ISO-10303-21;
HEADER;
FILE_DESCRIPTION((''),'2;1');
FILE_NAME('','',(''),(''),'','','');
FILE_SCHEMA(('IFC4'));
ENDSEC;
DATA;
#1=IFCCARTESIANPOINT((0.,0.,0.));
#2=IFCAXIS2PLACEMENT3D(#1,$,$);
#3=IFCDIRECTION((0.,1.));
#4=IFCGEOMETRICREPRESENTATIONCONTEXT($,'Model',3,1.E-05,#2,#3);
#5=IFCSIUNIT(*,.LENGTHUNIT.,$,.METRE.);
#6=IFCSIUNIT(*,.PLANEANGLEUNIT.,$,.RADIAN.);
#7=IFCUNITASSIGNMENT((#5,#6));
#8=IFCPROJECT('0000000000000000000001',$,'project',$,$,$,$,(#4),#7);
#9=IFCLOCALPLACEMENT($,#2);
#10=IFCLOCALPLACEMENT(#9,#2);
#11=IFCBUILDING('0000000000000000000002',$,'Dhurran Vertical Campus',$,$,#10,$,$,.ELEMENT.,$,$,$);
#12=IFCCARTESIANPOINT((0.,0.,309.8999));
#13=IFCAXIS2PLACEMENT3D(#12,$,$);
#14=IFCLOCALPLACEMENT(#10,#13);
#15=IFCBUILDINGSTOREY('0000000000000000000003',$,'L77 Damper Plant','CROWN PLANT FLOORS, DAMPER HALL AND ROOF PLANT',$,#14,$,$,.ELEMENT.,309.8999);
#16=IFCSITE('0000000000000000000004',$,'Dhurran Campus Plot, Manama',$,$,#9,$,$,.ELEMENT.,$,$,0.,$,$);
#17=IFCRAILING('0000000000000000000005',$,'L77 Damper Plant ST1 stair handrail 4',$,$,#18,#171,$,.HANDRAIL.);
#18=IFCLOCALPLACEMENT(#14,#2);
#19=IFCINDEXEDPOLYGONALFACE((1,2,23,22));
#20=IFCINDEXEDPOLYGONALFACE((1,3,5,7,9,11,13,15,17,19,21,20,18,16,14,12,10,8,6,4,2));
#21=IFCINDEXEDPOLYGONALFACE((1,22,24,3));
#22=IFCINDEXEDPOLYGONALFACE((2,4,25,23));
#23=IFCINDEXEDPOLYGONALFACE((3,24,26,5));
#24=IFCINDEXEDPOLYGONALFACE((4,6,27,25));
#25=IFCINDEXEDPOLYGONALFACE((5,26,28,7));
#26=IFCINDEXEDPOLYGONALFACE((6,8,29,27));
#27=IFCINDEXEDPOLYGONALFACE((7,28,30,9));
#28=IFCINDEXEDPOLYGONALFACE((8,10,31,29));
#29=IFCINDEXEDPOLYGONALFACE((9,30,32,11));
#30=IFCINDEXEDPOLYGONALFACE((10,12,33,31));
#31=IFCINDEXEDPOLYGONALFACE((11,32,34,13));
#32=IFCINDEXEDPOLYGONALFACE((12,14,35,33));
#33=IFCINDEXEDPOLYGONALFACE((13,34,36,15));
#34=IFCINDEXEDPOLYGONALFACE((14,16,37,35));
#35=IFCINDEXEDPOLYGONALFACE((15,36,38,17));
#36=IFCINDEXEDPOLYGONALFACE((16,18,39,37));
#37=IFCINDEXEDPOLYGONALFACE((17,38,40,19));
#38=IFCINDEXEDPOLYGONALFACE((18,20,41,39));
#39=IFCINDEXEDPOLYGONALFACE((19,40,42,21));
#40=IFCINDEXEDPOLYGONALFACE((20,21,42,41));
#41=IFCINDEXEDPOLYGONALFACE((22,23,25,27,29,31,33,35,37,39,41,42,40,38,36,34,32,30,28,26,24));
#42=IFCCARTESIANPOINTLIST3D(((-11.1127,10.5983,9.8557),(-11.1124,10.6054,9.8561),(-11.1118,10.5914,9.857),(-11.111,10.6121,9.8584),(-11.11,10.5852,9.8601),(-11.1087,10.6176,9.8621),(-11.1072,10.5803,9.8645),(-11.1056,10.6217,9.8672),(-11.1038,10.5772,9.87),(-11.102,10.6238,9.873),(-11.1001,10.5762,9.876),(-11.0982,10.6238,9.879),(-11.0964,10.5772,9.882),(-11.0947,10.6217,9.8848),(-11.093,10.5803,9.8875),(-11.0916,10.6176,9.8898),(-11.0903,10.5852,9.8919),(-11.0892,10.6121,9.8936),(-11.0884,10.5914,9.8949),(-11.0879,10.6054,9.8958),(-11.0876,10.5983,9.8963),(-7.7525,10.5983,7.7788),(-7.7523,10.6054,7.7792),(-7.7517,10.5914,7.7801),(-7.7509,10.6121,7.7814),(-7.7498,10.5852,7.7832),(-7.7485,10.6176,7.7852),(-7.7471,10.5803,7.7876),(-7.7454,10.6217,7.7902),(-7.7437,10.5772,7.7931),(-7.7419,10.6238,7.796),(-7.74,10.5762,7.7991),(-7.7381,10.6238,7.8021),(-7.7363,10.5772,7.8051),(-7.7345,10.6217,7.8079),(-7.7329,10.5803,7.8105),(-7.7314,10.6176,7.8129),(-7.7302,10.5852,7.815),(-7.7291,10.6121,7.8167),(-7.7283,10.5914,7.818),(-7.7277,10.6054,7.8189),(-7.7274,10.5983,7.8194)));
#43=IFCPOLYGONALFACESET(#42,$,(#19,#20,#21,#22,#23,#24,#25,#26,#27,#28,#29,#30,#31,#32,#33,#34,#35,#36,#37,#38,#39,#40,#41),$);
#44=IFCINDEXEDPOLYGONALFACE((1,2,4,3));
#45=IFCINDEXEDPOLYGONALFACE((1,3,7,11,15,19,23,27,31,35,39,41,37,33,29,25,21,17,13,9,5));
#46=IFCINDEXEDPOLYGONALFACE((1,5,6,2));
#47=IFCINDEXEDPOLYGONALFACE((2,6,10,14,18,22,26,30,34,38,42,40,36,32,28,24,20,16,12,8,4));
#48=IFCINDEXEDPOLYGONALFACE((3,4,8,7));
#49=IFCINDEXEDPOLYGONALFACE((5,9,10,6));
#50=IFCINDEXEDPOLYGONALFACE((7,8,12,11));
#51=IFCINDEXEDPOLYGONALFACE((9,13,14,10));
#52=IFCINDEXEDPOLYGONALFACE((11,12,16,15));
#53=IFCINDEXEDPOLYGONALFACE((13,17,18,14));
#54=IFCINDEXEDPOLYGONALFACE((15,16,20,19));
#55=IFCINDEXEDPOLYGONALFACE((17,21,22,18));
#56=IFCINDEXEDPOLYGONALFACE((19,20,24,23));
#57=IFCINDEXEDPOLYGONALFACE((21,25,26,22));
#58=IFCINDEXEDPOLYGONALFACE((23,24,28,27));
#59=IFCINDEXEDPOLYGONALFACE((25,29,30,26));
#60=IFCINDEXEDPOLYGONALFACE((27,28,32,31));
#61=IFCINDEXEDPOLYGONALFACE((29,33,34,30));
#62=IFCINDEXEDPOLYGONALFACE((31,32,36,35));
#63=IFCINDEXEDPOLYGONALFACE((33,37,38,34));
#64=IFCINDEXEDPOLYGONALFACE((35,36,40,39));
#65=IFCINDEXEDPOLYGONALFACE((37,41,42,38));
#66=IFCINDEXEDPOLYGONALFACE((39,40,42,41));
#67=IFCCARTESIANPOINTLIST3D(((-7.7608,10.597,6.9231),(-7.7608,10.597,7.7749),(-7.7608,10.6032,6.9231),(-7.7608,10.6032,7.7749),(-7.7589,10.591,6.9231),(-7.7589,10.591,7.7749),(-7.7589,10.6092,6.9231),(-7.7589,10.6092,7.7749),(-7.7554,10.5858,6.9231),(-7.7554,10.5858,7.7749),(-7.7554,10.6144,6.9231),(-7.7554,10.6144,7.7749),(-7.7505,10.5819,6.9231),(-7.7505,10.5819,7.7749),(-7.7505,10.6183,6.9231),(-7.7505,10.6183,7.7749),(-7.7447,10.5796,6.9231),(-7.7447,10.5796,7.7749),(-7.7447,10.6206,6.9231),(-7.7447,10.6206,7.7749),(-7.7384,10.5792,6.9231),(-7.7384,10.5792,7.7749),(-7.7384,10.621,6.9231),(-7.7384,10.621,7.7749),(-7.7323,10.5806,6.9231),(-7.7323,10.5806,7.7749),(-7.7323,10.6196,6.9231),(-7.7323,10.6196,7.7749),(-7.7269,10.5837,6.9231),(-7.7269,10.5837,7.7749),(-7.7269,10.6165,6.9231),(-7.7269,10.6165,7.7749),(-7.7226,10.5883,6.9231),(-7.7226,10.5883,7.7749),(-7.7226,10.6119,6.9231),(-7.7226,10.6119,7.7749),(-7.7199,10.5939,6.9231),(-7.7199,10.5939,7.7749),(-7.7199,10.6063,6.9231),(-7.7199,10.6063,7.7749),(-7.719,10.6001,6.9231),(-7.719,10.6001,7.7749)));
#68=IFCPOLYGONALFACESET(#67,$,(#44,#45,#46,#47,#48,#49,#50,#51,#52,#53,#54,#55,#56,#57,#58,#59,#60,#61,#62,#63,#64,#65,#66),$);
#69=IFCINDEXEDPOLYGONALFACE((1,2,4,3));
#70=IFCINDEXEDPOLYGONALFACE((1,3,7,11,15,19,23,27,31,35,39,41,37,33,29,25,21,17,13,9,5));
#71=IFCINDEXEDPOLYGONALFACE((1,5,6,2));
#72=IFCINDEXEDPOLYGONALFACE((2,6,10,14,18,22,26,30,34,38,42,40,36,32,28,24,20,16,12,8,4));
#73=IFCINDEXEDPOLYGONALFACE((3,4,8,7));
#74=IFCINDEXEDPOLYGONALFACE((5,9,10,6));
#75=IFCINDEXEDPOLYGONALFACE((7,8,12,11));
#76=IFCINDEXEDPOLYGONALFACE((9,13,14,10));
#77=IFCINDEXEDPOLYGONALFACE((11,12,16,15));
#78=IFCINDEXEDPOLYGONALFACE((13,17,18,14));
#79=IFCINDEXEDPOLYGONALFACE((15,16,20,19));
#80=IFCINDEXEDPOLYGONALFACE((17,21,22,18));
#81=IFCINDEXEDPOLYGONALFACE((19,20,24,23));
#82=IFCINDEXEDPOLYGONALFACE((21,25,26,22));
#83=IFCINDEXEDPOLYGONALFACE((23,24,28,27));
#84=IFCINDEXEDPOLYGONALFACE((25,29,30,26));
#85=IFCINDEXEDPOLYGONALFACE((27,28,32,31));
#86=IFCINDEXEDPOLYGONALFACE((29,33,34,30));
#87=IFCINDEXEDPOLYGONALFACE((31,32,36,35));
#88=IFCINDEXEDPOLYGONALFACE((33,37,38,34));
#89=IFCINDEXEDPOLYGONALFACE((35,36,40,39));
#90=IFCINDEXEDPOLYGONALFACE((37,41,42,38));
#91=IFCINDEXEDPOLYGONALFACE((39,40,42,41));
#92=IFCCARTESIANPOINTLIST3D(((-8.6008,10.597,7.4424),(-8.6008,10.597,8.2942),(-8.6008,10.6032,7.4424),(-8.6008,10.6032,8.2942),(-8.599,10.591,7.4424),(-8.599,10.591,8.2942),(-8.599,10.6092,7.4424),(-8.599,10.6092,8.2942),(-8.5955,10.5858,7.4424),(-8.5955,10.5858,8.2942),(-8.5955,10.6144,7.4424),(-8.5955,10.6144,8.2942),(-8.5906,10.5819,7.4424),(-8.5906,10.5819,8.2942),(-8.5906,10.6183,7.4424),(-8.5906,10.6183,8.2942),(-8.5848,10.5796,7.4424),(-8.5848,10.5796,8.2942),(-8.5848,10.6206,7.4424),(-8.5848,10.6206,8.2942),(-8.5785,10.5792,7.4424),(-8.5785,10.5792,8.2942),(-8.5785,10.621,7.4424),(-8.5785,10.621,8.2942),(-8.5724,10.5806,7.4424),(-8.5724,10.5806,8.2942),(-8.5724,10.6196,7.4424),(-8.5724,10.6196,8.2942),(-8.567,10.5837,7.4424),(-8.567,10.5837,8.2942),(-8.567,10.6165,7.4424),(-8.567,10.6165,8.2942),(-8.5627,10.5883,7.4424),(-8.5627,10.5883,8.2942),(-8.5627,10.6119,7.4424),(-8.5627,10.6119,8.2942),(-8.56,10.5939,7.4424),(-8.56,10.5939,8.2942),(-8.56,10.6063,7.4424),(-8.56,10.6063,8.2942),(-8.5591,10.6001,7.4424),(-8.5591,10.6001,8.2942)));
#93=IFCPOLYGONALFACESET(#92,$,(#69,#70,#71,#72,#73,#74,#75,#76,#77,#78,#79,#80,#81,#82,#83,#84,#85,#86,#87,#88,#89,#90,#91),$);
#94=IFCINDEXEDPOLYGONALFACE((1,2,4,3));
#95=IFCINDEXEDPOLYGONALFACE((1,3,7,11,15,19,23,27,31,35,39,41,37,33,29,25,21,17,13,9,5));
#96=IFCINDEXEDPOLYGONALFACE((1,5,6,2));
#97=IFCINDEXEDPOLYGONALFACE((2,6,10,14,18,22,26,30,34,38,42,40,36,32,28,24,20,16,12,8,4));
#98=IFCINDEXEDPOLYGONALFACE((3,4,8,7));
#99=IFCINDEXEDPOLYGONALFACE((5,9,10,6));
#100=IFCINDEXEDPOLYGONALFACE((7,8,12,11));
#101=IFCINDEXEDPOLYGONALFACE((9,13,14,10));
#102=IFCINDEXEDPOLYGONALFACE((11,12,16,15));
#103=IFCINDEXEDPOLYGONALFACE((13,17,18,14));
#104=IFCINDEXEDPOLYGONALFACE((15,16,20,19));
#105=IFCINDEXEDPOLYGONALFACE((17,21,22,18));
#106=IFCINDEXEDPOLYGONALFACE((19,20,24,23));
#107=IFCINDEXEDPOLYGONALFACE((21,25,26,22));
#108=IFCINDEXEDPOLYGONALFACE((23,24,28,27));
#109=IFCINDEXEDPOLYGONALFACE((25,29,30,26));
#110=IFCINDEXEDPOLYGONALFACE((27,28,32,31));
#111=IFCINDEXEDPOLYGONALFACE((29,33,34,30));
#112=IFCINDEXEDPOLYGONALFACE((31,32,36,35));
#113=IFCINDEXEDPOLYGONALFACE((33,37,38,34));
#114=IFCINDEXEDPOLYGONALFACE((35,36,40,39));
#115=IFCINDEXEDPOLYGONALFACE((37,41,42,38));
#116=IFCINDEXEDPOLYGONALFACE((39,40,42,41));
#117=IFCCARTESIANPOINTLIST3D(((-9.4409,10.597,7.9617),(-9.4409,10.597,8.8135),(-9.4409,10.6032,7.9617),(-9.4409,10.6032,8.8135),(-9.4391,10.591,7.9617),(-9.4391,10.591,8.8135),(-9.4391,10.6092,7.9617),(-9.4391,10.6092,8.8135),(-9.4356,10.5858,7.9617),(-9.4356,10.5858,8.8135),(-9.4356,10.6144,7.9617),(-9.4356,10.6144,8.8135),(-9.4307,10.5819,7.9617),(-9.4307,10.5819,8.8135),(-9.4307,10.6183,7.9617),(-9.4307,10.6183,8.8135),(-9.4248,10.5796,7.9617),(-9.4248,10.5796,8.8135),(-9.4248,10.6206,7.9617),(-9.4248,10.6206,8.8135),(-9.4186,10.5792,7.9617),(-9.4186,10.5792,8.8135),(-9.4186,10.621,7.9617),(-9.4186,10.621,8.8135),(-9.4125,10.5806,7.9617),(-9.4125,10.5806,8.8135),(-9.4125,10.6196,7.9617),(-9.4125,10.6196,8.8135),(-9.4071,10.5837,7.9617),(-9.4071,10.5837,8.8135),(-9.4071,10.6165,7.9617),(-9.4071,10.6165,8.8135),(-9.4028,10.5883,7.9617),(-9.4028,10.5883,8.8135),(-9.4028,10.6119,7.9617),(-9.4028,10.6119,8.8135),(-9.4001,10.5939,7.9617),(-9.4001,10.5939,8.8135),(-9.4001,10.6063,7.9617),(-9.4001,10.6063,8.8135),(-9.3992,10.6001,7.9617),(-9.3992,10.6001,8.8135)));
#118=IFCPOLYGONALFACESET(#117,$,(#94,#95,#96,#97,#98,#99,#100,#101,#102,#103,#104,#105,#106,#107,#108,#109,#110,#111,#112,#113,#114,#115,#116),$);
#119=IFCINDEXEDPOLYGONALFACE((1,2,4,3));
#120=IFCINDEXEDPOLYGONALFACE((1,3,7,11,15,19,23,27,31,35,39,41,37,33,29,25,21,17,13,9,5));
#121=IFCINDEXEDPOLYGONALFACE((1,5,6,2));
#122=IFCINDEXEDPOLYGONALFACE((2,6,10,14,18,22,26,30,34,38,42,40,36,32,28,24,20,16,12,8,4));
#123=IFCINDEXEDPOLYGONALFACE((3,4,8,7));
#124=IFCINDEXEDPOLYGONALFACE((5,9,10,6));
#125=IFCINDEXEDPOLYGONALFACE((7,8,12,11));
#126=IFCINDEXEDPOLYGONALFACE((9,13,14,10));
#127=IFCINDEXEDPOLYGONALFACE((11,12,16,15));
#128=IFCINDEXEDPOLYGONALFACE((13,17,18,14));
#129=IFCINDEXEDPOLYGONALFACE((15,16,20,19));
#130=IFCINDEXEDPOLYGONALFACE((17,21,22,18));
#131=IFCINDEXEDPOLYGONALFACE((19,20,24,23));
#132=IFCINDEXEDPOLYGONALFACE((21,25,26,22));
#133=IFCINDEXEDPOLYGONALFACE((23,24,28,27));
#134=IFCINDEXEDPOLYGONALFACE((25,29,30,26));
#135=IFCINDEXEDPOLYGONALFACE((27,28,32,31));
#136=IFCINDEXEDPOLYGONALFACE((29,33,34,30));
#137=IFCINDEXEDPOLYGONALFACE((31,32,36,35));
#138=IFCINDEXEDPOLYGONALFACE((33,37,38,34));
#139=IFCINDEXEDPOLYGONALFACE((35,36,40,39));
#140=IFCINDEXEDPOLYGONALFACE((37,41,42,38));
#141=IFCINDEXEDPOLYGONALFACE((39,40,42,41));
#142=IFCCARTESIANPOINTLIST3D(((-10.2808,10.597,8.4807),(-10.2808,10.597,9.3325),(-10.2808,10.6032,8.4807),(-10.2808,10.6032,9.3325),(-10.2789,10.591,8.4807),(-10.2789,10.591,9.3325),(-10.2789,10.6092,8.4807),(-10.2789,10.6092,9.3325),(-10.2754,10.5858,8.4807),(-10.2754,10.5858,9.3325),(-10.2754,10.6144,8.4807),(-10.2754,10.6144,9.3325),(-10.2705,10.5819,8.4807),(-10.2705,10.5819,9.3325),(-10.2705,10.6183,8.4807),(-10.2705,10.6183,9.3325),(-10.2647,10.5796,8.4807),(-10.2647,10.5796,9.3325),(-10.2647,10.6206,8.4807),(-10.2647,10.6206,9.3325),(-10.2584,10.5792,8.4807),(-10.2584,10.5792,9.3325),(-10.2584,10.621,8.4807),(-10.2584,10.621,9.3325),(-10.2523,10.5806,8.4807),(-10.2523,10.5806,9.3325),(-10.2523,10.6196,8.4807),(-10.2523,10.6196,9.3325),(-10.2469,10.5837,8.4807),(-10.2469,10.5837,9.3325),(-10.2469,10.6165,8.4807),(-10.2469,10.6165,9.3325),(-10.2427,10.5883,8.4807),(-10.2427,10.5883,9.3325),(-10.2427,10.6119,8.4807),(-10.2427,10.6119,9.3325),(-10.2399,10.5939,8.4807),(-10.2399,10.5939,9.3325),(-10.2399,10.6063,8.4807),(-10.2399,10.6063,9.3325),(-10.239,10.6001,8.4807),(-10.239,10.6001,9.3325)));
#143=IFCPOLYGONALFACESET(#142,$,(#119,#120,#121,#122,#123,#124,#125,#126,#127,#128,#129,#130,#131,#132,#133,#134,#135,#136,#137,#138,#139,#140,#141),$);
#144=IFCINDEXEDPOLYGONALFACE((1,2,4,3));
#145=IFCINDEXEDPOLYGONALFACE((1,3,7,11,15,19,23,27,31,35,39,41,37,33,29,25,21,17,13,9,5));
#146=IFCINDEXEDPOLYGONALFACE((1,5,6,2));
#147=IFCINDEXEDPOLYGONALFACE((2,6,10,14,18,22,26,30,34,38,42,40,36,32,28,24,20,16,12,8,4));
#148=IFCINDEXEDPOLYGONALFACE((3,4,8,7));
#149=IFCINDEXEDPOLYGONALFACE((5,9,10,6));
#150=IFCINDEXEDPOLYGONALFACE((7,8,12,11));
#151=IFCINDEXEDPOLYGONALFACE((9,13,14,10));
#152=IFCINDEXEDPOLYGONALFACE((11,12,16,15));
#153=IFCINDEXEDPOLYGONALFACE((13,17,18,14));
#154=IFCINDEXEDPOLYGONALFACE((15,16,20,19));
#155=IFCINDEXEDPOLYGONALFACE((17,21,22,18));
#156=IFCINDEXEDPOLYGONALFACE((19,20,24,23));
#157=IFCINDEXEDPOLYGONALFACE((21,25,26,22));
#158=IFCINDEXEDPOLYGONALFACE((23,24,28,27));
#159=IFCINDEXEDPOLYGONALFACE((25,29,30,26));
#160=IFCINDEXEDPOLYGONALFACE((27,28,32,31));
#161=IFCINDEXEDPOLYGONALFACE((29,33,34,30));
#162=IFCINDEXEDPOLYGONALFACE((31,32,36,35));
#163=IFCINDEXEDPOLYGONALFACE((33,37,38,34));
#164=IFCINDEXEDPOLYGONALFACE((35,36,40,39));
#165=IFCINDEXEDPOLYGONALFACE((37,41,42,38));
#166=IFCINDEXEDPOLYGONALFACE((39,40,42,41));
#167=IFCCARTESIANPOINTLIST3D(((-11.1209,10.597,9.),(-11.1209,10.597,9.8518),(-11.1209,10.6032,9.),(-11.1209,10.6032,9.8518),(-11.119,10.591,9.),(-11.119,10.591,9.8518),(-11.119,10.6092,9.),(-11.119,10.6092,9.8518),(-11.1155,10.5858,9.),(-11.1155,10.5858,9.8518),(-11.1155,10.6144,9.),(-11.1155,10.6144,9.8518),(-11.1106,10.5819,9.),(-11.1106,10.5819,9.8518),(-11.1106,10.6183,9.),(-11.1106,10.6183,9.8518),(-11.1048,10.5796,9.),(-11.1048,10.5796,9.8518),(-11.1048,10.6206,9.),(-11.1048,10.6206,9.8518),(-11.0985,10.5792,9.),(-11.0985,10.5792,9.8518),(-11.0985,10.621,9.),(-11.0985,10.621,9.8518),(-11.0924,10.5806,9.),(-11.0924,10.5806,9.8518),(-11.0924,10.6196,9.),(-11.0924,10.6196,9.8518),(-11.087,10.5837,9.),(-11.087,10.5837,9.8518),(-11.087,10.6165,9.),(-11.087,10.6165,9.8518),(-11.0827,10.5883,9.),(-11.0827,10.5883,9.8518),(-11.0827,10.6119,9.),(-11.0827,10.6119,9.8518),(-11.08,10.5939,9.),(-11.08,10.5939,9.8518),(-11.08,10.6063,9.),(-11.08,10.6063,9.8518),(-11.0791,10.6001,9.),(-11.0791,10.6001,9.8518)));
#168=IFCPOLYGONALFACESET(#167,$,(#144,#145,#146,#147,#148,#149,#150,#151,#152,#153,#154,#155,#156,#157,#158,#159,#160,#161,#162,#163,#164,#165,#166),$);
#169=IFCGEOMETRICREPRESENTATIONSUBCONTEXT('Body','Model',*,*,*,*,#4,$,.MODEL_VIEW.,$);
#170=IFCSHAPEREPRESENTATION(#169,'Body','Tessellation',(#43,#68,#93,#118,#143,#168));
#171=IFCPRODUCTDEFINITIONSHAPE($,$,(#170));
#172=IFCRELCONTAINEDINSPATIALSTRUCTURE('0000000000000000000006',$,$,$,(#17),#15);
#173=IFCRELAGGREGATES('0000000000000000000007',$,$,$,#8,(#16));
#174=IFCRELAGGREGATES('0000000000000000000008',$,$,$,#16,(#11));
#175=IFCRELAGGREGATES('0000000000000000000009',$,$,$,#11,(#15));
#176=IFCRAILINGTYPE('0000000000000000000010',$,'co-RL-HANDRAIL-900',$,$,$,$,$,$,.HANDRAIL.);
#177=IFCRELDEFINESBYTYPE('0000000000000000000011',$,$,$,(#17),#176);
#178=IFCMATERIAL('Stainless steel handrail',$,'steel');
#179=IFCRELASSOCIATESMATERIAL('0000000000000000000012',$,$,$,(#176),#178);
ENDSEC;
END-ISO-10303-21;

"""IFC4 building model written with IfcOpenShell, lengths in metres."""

from ifc_helpers import new_model, si_unit, direction, frame, origin, origin_2d, place, context, subcontext, project, spatial, circle, extrude, material, type_object, element, save


model = new_model("IFC4")

# Units and contexts
model_context = context("Model", 3, precision=1e-05, world=origin(), true_north=direction((0.0, 1.0)))
body_context = subcontext(model_context, "Body", "Model", "MODEL_VIEW")
ifc_project = project(units=[si_unit("LENGTHUNIT", "METRE"), si_unit("PLANEANGLEUNIT", "RADIAN")], contexts=[model_context])

# Site, building, storey
site_placement = place(None, origin())
site = spatial("IfcSite", under=ifc_project, at=site_placement, Name="Dhurran Campus Plot, Manama", CompositionType="ELEMENT", RefElevation=0.0)
building_placement = place(site_placement, origin())
building = spatial("IfcBuilding", under=site, at=building_placement, Name="Dhurran Vertical Campus", CompositionType="ELEMENT")
storey_placement = place(building_placement, frame((0.0, 0.0, 309.8999)))
storey = spatial("IfcBuildingStorey", under=building, at=storey_placement, Name="L77 Damper Plant", Description="CROWN PLANT FLOORS, DAMPER HALL AND ROOF PLANT", CompositionType="ELEMENT", Elevation=309.8999)

# Railing
ifc_material_1 = material(Name="Stainless steel handrail", Category="steel")
railing_type_1 = type_object("IfcRailingType", Name="co-RL-HANDRAIL-900", PredefinedType="HANDRAIL", material=ifc_material_1)
for number, where, name in (
    (1, (-7.74, 10.6001, 6.9231), "L77 Damper Plant ST1 stair handrail 4"),
):
    element("IfcRailing", number, at=place(storey_placement, frame(where)), inside=storey, type_object=railing_type_1, Name=name, PredefinedType="HANDRAIL", context=body_context, shape_type="SweptSolid", body=[
        extrude(circle(Radius=0.0239, at=origin_2d()), frame((0.0, 0.0, 0.876), z_axis=(-0.850623, 0.0, 0.525776), x_axis=(0.0, -1.0, 0.0)), (0.0, 0.0, 1.0), 3.9502),
        extrude(circle(Radius=0.021, at=origin_2d()), origin(), (0.0, 0.0, 1.0), 0.8518),
        extrude(circle(Radius=0.021, at=origin_2d()), frame((-0.8401, 0.0, 0.5193)), (0.0, 0.0, 1.0), 0.8518),
        extrude(circle(Radius=0.021, at=origin_2d()), frame((-1.6802, 0.0, 1.0386)), (0.0, 0.0, 1.0), 0.8518),
        extrude(circle(Radius=0.021, at=origin_2d()), frame((-2.52, 0.0, 1.5576)), (0.0, 0.0, 1.0), 0.8518),
        extrude(circle(Radius=0.021, at=origin_2d()), frame((-3.3601, 0.0, 2.0769)), (0.0, 0.0, 1.0), 0.8518),
    ])

save(model, "model.ifc")
